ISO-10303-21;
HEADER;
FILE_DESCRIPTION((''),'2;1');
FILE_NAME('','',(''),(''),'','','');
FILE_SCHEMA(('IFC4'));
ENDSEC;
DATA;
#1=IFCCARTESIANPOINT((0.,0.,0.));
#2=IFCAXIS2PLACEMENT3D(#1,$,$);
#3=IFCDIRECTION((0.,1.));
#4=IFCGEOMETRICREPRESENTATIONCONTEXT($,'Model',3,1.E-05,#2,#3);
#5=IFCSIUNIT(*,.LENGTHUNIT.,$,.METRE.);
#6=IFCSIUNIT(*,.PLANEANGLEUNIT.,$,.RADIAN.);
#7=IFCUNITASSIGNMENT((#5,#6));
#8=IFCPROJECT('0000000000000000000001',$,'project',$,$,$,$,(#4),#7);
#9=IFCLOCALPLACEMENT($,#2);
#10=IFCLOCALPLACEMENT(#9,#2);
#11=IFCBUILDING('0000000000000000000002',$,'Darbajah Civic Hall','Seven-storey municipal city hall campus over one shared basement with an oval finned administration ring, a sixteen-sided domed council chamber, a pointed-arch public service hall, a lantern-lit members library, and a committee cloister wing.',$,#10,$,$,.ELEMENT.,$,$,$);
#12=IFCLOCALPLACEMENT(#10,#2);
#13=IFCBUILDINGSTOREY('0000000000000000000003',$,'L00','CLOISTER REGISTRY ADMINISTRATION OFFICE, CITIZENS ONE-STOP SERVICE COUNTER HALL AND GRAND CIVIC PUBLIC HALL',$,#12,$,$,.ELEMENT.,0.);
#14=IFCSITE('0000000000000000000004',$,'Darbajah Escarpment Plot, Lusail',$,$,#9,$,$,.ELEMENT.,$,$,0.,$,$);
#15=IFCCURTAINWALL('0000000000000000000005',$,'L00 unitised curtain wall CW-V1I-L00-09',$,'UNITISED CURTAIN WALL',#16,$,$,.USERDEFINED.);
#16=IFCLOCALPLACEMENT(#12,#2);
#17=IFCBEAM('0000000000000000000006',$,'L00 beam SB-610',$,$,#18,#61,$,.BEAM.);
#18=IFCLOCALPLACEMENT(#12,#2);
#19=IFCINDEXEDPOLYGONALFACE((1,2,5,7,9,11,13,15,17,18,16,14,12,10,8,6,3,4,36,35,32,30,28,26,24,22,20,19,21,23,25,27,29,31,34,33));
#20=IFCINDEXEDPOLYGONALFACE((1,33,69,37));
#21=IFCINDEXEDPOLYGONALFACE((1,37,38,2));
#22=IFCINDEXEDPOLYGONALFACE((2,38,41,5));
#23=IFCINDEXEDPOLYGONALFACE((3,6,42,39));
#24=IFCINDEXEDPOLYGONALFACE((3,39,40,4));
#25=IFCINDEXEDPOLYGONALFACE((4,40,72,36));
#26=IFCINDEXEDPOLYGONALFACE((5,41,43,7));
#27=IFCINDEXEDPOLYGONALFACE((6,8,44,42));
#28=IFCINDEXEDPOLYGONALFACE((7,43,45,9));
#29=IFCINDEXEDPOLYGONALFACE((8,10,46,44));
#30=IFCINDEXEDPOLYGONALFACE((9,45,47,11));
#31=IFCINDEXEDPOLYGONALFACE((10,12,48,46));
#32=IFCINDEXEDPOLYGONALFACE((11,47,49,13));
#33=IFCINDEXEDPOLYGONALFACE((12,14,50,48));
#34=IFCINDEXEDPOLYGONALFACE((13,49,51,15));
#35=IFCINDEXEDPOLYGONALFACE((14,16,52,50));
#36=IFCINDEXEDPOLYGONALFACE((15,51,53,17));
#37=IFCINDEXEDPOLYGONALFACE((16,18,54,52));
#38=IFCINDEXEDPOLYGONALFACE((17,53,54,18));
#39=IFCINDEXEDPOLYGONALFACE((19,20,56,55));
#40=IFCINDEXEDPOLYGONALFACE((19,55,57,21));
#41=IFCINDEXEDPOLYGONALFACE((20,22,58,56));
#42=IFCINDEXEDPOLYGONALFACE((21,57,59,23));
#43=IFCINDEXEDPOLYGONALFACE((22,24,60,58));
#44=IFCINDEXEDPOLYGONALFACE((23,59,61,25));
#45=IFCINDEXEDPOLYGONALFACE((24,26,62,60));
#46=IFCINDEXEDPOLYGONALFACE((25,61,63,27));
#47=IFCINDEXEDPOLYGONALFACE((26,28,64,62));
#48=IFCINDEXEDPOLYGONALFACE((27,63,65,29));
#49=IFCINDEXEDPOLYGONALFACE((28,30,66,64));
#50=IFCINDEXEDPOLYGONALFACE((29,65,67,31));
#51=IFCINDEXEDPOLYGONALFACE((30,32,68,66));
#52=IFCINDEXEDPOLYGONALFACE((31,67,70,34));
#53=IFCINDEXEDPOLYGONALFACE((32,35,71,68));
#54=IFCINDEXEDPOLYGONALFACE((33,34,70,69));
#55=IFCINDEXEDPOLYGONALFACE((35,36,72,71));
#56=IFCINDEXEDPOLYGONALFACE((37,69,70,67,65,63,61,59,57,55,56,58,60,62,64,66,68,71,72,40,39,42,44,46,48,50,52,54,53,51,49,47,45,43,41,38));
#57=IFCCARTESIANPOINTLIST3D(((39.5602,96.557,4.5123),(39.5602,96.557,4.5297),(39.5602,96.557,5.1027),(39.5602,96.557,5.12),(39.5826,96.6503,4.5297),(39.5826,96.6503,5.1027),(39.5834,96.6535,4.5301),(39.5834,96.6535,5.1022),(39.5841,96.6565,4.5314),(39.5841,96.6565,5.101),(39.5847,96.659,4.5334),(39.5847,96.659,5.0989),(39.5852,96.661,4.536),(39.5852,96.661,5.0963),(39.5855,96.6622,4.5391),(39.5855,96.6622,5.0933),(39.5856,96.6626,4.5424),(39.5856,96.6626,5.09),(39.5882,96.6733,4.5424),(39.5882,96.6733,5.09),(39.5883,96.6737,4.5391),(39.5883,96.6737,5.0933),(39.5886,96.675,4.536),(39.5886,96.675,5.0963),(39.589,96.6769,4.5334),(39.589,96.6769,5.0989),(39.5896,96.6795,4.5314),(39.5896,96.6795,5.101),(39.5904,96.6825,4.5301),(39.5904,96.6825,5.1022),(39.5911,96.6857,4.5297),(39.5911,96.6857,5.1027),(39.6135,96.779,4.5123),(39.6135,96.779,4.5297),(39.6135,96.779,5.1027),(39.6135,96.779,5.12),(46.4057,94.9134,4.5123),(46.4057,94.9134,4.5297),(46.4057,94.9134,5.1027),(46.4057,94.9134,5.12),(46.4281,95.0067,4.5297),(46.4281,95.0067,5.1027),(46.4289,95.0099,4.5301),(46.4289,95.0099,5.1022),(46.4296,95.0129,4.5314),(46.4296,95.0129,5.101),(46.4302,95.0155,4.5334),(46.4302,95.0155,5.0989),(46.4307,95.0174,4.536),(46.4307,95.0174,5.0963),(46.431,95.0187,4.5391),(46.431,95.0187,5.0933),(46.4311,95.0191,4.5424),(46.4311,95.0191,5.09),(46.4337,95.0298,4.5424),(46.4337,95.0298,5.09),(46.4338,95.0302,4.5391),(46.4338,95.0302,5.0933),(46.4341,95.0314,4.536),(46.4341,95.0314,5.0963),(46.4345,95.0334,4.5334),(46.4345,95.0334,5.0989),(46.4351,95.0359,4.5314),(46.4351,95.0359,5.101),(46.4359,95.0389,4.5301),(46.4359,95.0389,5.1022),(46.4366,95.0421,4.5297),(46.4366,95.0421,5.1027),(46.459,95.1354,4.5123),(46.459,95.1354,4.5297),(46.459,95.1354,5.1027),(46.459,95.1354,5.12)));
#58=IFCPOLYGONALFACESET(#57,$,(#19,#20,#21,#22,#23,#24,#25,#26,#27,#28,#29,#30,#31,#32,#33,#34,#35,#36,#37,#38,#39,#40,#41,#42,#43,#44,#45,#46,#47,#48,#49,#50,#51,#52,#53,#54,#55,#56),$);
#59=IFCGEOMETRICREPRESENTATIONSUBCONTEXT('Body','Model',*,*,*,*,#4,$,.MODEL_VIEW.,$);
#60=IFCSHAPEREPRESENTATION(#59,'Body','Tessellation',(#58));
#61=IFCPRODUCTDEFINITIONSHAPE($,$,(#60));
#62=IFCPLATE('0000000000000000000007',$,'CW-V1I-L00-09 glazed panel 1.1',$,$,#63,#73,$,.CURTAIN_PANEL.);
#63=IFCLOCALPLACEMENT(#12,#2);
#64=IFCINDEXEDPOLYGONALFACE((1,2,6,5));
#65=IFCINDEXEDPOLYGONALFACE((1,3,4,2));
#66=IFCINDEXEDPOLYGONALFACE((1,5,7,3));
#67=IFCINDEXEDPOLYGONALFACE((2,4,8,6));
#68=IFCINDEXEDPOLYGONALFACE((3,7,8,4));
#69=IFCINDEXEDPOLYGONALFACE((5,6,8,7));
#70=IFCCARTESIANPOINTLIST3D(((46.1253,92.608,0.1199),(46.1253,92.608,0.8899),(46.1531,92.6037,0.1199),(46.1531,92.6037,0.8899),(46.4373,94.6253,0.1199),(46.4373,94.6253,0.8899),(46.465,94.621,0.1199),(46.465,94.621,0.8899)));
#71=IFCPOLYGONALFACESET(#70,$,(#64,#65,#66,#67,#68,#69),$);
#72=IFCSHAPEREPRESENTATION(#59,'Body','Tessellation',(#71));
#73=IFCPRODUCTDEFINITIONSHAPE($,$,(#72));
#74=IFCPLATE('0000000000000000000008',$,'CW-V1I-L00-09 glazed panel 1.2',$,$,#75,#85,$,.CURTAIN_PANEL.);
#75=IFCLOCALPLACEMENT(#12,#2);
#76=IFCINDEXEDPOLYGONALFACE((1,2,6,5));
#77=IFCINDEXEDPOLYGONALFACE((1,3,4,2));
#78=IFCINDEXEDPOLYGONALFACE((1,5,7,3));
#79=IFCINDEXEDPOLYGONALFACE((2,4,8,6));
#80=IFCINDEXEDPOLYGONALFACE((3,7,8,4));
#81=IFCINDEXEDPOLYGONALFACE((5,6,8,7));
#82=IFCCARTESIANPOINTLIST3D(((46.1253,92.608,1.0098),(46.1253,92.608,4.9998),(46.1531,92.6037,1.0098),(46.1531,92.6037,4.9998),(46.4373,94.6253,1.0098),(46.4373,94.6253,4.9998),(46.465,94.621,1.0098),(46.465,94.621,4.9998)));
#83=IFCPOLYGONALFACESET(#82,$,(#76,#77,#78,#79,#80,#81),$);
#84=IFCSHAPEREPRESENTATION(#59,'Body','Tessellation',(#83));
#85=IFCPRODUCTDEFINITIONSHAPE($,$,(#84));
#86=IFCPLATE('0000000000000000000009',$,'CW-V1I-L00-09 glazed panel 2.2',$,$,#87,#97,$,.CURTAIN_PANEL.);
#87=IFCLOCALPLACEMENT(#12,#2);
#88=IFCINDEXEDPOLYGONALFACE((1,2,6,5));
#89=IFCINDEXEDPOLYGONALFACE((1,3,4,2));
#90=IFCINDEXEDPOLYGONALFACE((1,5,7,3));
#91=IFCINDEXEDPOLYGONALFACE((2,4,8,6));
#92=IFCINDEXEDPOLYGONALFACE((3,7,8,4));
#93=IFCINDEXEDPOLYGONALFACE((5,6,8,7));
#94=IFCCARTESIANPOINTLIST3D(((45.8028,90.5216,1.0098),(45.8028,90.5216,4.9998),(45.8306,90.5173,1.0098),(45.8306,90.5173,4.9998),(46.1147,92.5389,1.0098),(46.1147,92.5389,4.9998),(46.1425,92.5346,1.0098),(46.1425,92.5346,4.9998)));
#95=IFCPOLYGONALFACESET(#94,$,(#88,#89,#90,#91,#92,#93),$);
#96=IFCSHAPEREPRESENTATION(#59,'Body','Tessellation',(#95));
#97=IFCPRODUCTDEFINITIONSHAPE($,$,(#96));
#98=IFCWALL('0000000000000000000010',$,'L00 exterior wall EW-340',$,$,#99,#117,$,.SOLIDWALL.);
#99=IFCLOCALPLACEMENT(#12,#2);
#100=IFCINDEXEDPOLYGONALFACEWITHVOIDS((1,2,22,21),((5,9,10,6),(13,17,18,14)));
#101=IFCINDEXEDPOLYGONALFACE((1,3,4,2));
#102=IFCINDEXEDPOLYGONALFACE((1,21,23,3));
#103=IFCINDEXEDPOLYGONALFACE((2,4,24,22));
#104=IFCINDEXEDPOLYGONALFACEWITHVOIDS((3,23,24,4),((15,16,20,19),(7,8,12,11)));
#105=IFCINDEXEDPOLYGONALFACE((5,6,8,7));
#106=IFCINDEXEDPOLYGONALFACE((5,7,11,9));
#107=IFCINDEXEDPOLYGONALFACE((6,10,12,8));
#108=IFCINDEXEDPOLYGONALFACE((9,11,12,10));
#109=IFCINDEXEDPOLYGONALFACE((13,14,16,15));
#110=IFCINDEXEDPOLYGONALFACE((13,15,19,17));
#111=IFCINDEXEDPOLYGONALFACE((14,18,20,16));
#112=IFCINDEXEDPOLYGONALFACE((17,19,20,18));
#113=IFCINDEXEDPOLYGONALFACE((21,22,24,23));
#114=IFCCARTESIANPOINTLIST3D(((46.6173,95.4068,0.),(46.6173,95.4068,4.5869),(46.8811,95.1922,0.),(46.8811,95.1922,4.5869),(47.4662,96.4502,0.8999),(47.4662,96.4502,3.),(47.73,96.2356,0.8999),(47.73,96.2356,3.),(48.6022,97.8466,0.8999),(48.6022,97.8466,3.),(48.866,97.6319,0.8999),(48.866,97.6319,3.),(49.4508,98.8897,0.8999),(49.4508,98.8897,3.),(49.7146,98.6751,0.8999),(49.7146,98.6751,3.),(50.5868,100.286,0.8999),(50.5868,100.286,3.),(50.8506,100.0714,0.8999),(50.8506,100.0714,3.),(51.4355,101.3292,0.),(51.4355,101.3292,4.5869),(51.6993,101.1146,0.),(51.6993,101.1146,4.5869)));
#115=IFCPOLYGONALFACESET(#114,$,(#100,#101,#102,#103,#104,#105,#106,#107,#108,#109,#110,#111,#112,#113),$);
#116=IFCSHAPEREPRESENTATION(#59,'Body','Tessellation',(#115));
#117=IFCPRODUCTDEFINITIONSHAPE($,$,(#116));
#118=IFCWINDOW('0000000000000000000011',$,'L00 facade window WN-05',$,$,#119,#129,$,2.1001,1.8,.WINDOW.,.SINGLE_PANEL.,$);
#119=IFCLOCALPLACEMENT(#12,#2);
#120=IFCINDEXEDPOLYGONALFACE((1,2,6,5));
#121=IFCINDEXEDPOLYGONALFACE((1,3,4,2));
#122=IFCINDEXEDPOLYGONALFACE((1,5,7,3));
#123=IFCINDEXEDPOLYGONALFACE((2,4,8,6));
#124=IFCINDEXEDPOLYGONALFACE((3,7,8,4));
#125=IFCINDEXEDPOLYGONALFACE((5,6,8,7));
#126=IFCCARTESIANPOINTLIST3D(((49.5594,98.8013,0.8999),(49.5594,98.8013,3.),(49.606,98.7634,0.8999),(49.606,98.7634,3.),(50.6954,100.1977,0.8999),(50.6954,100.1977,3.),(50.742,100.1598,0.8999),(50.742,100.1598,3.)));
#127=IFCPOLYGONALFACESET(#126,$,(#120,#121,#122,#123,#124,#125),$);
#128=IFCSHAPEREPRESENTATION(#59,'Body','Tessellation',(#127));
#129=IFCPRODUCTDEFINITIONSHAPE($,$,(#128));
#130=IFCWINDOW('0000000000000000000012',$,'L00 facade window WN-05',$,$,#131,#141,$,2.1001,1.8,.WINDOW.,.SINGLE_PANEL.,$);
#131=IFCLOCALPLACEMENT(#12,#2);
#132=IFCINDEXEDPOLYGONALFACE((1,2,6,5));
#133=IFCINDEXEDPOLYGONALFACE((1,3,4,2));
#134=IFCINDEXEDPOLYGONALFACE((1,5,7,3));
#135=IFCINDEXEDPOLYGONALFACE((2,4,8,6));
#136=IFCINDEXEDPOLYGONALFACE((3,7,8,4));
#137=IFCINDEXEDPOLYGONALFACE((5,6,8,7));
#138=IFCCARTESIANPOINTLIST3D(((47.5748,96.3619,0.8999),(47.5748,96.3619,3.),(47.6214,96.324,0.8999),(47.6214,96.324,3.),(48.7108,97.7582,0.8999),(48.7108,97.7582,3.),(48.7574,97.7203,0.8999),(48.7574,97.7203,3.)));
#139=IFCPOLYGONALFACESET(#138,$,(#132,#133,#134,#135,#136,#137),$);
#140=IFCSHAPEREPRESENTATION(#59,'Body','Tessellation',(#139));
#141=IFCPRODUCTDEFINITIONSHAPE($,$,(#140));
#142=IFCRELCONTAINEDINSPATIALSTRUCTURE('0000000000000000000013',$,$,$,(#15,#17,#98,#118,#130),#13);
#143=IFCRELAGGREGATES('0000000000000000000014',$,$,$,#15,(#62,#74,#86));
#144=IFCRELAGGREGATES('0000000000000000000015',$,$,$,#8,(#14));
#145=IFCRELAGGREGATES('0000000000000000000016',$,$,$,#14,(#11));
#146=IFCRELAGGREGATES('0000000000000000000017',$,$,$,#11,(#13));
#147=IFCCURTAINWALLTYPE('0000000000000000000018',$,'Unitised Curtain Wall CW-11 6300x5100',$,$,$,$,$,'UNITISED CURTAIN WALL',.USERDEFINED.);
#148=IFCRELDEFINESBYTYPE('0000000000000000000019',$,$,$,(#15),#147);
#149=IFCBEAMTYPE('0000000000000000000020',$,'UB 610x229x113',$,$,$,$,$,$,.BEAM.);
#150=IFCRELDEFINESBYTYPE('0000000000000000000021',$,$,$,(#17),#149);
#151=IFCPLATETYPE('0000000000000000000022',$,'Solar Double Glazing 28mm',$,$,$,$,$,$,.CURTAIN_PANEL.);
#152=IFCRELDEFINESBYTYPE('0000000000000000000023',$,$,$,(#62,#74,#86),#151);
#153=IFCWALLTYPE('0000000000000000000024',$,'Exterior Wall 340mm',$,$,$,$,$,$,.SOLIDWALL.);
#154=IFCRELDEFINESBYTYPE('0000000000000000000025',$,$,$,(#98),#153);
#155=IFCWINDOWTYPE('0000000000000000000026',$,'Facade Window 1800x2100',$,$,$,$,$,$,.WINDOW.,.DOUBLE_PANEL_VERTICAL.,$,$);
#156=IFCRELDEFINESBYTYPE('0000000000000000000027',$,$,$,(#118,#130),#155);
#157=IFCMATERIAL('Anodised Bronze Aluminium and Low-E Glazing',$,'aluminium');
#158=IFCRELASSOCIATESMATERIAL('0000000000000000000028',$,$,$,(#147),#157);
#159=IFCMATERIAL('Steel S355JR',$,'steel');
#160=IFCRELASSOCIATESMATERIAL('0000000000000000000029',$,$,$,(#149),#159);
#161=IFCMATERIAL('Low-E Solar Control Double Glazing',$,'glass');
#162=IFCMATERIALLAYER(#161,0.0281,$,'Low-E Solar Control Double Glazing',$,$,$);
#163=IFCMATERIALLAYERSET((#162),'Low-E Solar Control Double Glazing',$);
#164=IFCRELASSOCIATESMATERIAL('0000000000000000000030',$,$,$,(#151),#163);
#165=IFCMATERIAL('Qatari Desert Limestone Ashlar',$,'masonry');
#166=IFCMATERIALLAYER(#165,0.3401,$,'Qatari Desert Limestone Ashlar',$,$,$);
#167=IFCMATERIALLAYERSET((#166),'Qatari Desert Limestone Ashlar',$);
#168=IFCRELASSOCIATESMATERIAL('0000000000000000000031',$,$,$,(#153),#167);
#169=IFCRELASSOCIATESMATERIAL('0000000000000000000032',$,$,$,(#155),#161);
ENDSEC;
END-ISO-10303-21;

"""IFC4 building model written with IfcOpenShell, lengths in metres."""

from ifc_helpers import new_model, si_unit, direction, frame, frame_2d, origin, origin_2d, place, context, subcontext, project, spatial, rectangle, i_section, extrude, material, layer, layer_set, material_profile, profile_set, type_object, element, fill, aggregate, save


model = new_model("IFC4")

# Units and contexts
model_context = context("Model", 3, precision=1e-05, world=origin(), true_north=direction((0.0, 1.0)))
body_context = subcontext(model_context, "Body", "Model", "MODEL_VIEW")
ifc_project = project(units=[si_unit("LENGTHUNIT", "METRE"), si_unit("PLANEANGLEUNIT", "RADIAN")], contexts=[model_context])

# Site, building, storey
site_placement = place(None, origin())
site = spatial("IfcSite", under=ifc_project, at=site_placement, Name="Darbajah Escarpment Plot, Lusail", CompositionType="ELEMENT", RefElevation=0.0)
building_placement = place(site_placement, origin())
building = spatial("IfcBuilding", under=site, at=building_placement, Name="Darbajah Civic Hall", Description="Seven-storey municipal city hall campus over one shared basement with an oval finned administration ring, a sixteen-sided domed council chamber, a pointed-arch public service hall, a lantern-lit members library, and a committee cloister wing.", CompositionType="ELEMENT")
storey_placement = place(building_placement, origin())
storey = spatial("IfcBuildingStorey", under=building, at=storey_placement, Name="L00", Description="CLOISTER REGISTRY ADMINISTRATION OFFICE, CITIZENS ONE-STOP SERVICE COUNTER HALL AND GRAND CIVIC PUBLIC HALL", CompositionType="ELEMENT", Elevation=0.0)

# Curtain wall
ifc_material_1 = material(Name="Anodised Bronze Aluminium and Low-E Glazing", Category="aluminium")
curtain_wall_type = type_object("IfcCurtainWallType", Name="Unitised Curtain Wall CW-11 6300x5100", ElementType="UNITISED CURTAIN WALL", PredefinedType="USERDEFINED", material=ifc_material_1)
curtain_wall_placement = place(storey_placement, origin())
curtain_wall = element("IfcCurtainWall", 1, at=curtain_wall_placement, inside=storey, type_object=curtain_wall_type, Name="L00 unitised curtain wall CW-V1I-L00-09", ObjectType="UNITISED CURTAIN WALL", PredefinedType="USERDEFINED")

# Beam
ifc_material_2 = material(Name="Steel S355JR", Category="steel")
ifc_material_profile_1 = material_profile(ifc_material_2, i_section(OverallWidth=0.2283, OverallDepth=0.6077, WebThickness=0.011, FlangeThickness=0.0173, FilletRadius=0.0127, at=origin_2d()), Name="UB 610x229x113")
ifc_profile_set_1 = profile_set([ifc_material_profile_1], Name="Steel S355JR")
beam_type_1 = type_object("IfcBeamType", Name="UB 610x229x113", PredefinedType="BEAM", material=ifc_profile_set_1)
beam_1_placement = place(storey_placement, frame((46.4324, 95.0244, 4.8162), z_axis=(-0.972367, 0.23346, 0.0), x_axis=(-0.23346, -0.972367, 0.0)))
element("IfcBeam", 2, at=beam_1_placement, inside=storey, type_object=beam_type_1, Name="L00 beam SB-610", PredefinedType="BEAM", context=body_context, shape_type="SweptSolid", body=[
    extrude(i_section(OverallWidth=0.2283, OverallDepth=0.6077, WebThickness=0.011, FlangeThickness=0.0173, FilletRadius=0.0127, at=origin_2d()), origin(), (0.0, 0.0, 1.0), 7.04),
])

# Plates
ifc_material_3 = material(Name="Low-E Solar Control Double Glazing", Category="glass")
ifc_layer_1 = layer(ifc_material_3, 0.0281, Name="Low-E Solar Control Double Glazing")
ifc_layer_set_1 = layer_set([ifc_layer_1], Name="Low-E Solar Control Double Glazing")
plate_type = type_object("IfcPlateType", Name="Solar Double Glazing 28mm", PredefinedType="CURTAIN_PANEL", material=ifc_layer_set_1)
plate_1_placement = place(storey_placement, frame((46.2952, 93.6145, 0.1199), z_axis=(0.0, 0.0, 1.0), x_axis=(-0.152813, -0.988255, 0.0)))
plate_1 = element("IfcPlate", 3, at=plate_1_placement, type_object=plate_type, Name="CW-V1I-L00-09 glazed panel 1.1", PredefinedType="CURTAIN_PANEL", context=body_context, shape_type="SweptSolid", body=[
    extrude(rectangle(XDim=2.0413, YDim=0.0281, at=origin_2d()), origin(), (0.0, 0.0, 1.0), 0.77),
])
plate_2_placement = place(storey_placement, frame((46.2952, 93.6145, 1.0098), z_axis=(0.0, 0.0, 1.0), x_axis=(-0.152813, -0.988255, 0.0)))
plate_2 = element("IfcPlate", 4, at=plate_2_placement, type_object=plate_type, Name="CW-V1I-L00-09 glazed panel 1.2", PredefinedType="CURTAIN_PANEL", context=body_context, shape_type="SweptSolid", body=[
    extrude(rectangle(XDim=2.0413, YDim=0.0281, at=origin_2d()), origin(), (0.0, 0.0, 1.0), 3.99),
])
plate_3_placement = place(storey_placement, frame((45.9727, 91.5281, 1.0098), z_axis=(0.0, 0.0, 1.0), x_axis=(-0.152813, -0.988255, 0.0)))
plate_3 = element("IfcPlate", 5, at=plate_3_placement, type_object=plate_type, Name="CW-V1I-L00-09 glazed panel 2.2", PredefinedType="CURTAIN_PANEL", context=body_context, shape_type="SweptSolid", body=[
    extrude(rectangle(XDim=2.0413, YDim=0.0281, at=origin_2d()), origin(), (0.0, 0.0, 1.0), 3.99),
])
aggregate(curtain_wall, [plate_1, plate_2, plate_3])

# Wall, openings, windows
ifc_material_4 = material(Name="Qatari Desert Limestone Ashlar", Category="masonry")
ifc_layer_2 = layer(ifc_material_4, 0.3401, Name="Qatari Desert Limestone Ashlar")
ifc_layer_set_2 = layer_set([ifc_layer_2], Name="Qatari Desert Limestone Ashlar")
wall_type = type_object("IfcWallType", Name="Exterior Wall 340mm", PredefinedType="SOLIDWALL", material=ifc_layer_set_2)
wall_placement = place(storey_placement, frame((51.5674, 101.2219, 0.0), z_axis=(0.0, 0.0, 1.0), x_axis=(-0.631081, -0.775717, 0.0)))
wall = element("IfcWall", 6, at=wall_placement, inside=storey, type_object=wall_type, Name="L00 exterior wall EW-340", PredefinedType="SOLIDWALL", context=body_context, shape_type="SweptSolid", body=[
    extrude(rectangle(XDim=7.6348, YDim=0.3401, at=frame_2d((3.8174, 0.0))), origin(), (0.0, 0.0, 1.0), 4.5869),
])
opening_1_placement = place(wall_placement, frame((1.345, 0.0, 0.8999)))
opening_1 = element("IfcOpeningElement", 7, at=opening_1_placement, cuts=wall, PredefinedType="OPENING", context=body_context, shape_type="SweptSolid", body=[
    extrude(rectangle(XDim=1.8, YDim=2.1001, at=frame_2d((0.8999, 1.05))), frame((0.0, 0.1799, 0.0), z_axis=(0.0, -1.0, 0.0), x_axis=(1.0, 0.0, 0.0)), (0.0, 0.0, 1.0), 0.3601),
])
opening_2_placement = place(wall_placement, frame((4.4897, 0.0, 0.8999)))
opening_2 = element("IfcOpeningElement", 8, at=opening_2_placement, cuts=wall, PredefinedType="OPENING", context=body_context, shape_type="SweptSolid", body=[
    extrude(rectangle(XDim=1.8, YDim=2.1001, at=frame_2d((0.8999, 1.05))), frame((0.0, 0.1799, 0.0), z_axis=(0.0, -1.0, 0.0), x_axis=(1.0, 0.0, 0.0)), (0.0, 0.0, 1.0), 0.3601),
])
window_type = type_object("IfcWindowType", Name="Facade Window 1800x2100", PartitioningType="DOUBLE_PANEL_VERTICAL", PredefinedType="WINDOW", material=ifc_material_3)
window_1_placement = place(opening_1_placement, origin())
window_1 = element("IfcWindow", 9, at=window_1_placement, inside=storey, type_object=window_type, Name="L00 facade window WN-05", OverallHeight=2.1001, OverallWidth=1.8, PartitioningType="SINGLE_PANEL", PredefinedType="WINDOW", context=body_context, shape_type="SweptSolid", body=[
    extrude(rectangle(XDim=1.8, YDim=2.1001, at=frame_2d((0.8999, 1.05))), frame((0.0, 0.03, 0.0), z_axis=(0.0, -1.0, 0.0), x_axis=(1.0, 0.0, 0.0)), (0.0, 0.0, 1.0), 0.0601),
])
fill(opening_1, window_1)
window_2_placement = place(opening_2_placement, origin())
window_2 = element("IfcWindow", 10, at=window_2_placement, inside=storey, type_object=window_type, Name="L00 facade window WN-05", OverallHeight=2.1001, OverallWidth=1.8, PartitioningType="SINGLE_PANEL", PredefinedType="WINDOW", context=body_context, shape_type="SweptSolid", body=[
    extrude(rectangle(XDim=1.8, YDim=2.1001, at=frame_2d((0.8999, 1.05))), frame((0.0, 0.03, 0.0), z_axis=(0.0, -1.0, 0.0), x_axis=(1.0, 0.0, 0.0)), (0.0, 0.0, 1.0), 0.0601),
])
fill(opening_2, window_2)

save(model, "model.ifc")
